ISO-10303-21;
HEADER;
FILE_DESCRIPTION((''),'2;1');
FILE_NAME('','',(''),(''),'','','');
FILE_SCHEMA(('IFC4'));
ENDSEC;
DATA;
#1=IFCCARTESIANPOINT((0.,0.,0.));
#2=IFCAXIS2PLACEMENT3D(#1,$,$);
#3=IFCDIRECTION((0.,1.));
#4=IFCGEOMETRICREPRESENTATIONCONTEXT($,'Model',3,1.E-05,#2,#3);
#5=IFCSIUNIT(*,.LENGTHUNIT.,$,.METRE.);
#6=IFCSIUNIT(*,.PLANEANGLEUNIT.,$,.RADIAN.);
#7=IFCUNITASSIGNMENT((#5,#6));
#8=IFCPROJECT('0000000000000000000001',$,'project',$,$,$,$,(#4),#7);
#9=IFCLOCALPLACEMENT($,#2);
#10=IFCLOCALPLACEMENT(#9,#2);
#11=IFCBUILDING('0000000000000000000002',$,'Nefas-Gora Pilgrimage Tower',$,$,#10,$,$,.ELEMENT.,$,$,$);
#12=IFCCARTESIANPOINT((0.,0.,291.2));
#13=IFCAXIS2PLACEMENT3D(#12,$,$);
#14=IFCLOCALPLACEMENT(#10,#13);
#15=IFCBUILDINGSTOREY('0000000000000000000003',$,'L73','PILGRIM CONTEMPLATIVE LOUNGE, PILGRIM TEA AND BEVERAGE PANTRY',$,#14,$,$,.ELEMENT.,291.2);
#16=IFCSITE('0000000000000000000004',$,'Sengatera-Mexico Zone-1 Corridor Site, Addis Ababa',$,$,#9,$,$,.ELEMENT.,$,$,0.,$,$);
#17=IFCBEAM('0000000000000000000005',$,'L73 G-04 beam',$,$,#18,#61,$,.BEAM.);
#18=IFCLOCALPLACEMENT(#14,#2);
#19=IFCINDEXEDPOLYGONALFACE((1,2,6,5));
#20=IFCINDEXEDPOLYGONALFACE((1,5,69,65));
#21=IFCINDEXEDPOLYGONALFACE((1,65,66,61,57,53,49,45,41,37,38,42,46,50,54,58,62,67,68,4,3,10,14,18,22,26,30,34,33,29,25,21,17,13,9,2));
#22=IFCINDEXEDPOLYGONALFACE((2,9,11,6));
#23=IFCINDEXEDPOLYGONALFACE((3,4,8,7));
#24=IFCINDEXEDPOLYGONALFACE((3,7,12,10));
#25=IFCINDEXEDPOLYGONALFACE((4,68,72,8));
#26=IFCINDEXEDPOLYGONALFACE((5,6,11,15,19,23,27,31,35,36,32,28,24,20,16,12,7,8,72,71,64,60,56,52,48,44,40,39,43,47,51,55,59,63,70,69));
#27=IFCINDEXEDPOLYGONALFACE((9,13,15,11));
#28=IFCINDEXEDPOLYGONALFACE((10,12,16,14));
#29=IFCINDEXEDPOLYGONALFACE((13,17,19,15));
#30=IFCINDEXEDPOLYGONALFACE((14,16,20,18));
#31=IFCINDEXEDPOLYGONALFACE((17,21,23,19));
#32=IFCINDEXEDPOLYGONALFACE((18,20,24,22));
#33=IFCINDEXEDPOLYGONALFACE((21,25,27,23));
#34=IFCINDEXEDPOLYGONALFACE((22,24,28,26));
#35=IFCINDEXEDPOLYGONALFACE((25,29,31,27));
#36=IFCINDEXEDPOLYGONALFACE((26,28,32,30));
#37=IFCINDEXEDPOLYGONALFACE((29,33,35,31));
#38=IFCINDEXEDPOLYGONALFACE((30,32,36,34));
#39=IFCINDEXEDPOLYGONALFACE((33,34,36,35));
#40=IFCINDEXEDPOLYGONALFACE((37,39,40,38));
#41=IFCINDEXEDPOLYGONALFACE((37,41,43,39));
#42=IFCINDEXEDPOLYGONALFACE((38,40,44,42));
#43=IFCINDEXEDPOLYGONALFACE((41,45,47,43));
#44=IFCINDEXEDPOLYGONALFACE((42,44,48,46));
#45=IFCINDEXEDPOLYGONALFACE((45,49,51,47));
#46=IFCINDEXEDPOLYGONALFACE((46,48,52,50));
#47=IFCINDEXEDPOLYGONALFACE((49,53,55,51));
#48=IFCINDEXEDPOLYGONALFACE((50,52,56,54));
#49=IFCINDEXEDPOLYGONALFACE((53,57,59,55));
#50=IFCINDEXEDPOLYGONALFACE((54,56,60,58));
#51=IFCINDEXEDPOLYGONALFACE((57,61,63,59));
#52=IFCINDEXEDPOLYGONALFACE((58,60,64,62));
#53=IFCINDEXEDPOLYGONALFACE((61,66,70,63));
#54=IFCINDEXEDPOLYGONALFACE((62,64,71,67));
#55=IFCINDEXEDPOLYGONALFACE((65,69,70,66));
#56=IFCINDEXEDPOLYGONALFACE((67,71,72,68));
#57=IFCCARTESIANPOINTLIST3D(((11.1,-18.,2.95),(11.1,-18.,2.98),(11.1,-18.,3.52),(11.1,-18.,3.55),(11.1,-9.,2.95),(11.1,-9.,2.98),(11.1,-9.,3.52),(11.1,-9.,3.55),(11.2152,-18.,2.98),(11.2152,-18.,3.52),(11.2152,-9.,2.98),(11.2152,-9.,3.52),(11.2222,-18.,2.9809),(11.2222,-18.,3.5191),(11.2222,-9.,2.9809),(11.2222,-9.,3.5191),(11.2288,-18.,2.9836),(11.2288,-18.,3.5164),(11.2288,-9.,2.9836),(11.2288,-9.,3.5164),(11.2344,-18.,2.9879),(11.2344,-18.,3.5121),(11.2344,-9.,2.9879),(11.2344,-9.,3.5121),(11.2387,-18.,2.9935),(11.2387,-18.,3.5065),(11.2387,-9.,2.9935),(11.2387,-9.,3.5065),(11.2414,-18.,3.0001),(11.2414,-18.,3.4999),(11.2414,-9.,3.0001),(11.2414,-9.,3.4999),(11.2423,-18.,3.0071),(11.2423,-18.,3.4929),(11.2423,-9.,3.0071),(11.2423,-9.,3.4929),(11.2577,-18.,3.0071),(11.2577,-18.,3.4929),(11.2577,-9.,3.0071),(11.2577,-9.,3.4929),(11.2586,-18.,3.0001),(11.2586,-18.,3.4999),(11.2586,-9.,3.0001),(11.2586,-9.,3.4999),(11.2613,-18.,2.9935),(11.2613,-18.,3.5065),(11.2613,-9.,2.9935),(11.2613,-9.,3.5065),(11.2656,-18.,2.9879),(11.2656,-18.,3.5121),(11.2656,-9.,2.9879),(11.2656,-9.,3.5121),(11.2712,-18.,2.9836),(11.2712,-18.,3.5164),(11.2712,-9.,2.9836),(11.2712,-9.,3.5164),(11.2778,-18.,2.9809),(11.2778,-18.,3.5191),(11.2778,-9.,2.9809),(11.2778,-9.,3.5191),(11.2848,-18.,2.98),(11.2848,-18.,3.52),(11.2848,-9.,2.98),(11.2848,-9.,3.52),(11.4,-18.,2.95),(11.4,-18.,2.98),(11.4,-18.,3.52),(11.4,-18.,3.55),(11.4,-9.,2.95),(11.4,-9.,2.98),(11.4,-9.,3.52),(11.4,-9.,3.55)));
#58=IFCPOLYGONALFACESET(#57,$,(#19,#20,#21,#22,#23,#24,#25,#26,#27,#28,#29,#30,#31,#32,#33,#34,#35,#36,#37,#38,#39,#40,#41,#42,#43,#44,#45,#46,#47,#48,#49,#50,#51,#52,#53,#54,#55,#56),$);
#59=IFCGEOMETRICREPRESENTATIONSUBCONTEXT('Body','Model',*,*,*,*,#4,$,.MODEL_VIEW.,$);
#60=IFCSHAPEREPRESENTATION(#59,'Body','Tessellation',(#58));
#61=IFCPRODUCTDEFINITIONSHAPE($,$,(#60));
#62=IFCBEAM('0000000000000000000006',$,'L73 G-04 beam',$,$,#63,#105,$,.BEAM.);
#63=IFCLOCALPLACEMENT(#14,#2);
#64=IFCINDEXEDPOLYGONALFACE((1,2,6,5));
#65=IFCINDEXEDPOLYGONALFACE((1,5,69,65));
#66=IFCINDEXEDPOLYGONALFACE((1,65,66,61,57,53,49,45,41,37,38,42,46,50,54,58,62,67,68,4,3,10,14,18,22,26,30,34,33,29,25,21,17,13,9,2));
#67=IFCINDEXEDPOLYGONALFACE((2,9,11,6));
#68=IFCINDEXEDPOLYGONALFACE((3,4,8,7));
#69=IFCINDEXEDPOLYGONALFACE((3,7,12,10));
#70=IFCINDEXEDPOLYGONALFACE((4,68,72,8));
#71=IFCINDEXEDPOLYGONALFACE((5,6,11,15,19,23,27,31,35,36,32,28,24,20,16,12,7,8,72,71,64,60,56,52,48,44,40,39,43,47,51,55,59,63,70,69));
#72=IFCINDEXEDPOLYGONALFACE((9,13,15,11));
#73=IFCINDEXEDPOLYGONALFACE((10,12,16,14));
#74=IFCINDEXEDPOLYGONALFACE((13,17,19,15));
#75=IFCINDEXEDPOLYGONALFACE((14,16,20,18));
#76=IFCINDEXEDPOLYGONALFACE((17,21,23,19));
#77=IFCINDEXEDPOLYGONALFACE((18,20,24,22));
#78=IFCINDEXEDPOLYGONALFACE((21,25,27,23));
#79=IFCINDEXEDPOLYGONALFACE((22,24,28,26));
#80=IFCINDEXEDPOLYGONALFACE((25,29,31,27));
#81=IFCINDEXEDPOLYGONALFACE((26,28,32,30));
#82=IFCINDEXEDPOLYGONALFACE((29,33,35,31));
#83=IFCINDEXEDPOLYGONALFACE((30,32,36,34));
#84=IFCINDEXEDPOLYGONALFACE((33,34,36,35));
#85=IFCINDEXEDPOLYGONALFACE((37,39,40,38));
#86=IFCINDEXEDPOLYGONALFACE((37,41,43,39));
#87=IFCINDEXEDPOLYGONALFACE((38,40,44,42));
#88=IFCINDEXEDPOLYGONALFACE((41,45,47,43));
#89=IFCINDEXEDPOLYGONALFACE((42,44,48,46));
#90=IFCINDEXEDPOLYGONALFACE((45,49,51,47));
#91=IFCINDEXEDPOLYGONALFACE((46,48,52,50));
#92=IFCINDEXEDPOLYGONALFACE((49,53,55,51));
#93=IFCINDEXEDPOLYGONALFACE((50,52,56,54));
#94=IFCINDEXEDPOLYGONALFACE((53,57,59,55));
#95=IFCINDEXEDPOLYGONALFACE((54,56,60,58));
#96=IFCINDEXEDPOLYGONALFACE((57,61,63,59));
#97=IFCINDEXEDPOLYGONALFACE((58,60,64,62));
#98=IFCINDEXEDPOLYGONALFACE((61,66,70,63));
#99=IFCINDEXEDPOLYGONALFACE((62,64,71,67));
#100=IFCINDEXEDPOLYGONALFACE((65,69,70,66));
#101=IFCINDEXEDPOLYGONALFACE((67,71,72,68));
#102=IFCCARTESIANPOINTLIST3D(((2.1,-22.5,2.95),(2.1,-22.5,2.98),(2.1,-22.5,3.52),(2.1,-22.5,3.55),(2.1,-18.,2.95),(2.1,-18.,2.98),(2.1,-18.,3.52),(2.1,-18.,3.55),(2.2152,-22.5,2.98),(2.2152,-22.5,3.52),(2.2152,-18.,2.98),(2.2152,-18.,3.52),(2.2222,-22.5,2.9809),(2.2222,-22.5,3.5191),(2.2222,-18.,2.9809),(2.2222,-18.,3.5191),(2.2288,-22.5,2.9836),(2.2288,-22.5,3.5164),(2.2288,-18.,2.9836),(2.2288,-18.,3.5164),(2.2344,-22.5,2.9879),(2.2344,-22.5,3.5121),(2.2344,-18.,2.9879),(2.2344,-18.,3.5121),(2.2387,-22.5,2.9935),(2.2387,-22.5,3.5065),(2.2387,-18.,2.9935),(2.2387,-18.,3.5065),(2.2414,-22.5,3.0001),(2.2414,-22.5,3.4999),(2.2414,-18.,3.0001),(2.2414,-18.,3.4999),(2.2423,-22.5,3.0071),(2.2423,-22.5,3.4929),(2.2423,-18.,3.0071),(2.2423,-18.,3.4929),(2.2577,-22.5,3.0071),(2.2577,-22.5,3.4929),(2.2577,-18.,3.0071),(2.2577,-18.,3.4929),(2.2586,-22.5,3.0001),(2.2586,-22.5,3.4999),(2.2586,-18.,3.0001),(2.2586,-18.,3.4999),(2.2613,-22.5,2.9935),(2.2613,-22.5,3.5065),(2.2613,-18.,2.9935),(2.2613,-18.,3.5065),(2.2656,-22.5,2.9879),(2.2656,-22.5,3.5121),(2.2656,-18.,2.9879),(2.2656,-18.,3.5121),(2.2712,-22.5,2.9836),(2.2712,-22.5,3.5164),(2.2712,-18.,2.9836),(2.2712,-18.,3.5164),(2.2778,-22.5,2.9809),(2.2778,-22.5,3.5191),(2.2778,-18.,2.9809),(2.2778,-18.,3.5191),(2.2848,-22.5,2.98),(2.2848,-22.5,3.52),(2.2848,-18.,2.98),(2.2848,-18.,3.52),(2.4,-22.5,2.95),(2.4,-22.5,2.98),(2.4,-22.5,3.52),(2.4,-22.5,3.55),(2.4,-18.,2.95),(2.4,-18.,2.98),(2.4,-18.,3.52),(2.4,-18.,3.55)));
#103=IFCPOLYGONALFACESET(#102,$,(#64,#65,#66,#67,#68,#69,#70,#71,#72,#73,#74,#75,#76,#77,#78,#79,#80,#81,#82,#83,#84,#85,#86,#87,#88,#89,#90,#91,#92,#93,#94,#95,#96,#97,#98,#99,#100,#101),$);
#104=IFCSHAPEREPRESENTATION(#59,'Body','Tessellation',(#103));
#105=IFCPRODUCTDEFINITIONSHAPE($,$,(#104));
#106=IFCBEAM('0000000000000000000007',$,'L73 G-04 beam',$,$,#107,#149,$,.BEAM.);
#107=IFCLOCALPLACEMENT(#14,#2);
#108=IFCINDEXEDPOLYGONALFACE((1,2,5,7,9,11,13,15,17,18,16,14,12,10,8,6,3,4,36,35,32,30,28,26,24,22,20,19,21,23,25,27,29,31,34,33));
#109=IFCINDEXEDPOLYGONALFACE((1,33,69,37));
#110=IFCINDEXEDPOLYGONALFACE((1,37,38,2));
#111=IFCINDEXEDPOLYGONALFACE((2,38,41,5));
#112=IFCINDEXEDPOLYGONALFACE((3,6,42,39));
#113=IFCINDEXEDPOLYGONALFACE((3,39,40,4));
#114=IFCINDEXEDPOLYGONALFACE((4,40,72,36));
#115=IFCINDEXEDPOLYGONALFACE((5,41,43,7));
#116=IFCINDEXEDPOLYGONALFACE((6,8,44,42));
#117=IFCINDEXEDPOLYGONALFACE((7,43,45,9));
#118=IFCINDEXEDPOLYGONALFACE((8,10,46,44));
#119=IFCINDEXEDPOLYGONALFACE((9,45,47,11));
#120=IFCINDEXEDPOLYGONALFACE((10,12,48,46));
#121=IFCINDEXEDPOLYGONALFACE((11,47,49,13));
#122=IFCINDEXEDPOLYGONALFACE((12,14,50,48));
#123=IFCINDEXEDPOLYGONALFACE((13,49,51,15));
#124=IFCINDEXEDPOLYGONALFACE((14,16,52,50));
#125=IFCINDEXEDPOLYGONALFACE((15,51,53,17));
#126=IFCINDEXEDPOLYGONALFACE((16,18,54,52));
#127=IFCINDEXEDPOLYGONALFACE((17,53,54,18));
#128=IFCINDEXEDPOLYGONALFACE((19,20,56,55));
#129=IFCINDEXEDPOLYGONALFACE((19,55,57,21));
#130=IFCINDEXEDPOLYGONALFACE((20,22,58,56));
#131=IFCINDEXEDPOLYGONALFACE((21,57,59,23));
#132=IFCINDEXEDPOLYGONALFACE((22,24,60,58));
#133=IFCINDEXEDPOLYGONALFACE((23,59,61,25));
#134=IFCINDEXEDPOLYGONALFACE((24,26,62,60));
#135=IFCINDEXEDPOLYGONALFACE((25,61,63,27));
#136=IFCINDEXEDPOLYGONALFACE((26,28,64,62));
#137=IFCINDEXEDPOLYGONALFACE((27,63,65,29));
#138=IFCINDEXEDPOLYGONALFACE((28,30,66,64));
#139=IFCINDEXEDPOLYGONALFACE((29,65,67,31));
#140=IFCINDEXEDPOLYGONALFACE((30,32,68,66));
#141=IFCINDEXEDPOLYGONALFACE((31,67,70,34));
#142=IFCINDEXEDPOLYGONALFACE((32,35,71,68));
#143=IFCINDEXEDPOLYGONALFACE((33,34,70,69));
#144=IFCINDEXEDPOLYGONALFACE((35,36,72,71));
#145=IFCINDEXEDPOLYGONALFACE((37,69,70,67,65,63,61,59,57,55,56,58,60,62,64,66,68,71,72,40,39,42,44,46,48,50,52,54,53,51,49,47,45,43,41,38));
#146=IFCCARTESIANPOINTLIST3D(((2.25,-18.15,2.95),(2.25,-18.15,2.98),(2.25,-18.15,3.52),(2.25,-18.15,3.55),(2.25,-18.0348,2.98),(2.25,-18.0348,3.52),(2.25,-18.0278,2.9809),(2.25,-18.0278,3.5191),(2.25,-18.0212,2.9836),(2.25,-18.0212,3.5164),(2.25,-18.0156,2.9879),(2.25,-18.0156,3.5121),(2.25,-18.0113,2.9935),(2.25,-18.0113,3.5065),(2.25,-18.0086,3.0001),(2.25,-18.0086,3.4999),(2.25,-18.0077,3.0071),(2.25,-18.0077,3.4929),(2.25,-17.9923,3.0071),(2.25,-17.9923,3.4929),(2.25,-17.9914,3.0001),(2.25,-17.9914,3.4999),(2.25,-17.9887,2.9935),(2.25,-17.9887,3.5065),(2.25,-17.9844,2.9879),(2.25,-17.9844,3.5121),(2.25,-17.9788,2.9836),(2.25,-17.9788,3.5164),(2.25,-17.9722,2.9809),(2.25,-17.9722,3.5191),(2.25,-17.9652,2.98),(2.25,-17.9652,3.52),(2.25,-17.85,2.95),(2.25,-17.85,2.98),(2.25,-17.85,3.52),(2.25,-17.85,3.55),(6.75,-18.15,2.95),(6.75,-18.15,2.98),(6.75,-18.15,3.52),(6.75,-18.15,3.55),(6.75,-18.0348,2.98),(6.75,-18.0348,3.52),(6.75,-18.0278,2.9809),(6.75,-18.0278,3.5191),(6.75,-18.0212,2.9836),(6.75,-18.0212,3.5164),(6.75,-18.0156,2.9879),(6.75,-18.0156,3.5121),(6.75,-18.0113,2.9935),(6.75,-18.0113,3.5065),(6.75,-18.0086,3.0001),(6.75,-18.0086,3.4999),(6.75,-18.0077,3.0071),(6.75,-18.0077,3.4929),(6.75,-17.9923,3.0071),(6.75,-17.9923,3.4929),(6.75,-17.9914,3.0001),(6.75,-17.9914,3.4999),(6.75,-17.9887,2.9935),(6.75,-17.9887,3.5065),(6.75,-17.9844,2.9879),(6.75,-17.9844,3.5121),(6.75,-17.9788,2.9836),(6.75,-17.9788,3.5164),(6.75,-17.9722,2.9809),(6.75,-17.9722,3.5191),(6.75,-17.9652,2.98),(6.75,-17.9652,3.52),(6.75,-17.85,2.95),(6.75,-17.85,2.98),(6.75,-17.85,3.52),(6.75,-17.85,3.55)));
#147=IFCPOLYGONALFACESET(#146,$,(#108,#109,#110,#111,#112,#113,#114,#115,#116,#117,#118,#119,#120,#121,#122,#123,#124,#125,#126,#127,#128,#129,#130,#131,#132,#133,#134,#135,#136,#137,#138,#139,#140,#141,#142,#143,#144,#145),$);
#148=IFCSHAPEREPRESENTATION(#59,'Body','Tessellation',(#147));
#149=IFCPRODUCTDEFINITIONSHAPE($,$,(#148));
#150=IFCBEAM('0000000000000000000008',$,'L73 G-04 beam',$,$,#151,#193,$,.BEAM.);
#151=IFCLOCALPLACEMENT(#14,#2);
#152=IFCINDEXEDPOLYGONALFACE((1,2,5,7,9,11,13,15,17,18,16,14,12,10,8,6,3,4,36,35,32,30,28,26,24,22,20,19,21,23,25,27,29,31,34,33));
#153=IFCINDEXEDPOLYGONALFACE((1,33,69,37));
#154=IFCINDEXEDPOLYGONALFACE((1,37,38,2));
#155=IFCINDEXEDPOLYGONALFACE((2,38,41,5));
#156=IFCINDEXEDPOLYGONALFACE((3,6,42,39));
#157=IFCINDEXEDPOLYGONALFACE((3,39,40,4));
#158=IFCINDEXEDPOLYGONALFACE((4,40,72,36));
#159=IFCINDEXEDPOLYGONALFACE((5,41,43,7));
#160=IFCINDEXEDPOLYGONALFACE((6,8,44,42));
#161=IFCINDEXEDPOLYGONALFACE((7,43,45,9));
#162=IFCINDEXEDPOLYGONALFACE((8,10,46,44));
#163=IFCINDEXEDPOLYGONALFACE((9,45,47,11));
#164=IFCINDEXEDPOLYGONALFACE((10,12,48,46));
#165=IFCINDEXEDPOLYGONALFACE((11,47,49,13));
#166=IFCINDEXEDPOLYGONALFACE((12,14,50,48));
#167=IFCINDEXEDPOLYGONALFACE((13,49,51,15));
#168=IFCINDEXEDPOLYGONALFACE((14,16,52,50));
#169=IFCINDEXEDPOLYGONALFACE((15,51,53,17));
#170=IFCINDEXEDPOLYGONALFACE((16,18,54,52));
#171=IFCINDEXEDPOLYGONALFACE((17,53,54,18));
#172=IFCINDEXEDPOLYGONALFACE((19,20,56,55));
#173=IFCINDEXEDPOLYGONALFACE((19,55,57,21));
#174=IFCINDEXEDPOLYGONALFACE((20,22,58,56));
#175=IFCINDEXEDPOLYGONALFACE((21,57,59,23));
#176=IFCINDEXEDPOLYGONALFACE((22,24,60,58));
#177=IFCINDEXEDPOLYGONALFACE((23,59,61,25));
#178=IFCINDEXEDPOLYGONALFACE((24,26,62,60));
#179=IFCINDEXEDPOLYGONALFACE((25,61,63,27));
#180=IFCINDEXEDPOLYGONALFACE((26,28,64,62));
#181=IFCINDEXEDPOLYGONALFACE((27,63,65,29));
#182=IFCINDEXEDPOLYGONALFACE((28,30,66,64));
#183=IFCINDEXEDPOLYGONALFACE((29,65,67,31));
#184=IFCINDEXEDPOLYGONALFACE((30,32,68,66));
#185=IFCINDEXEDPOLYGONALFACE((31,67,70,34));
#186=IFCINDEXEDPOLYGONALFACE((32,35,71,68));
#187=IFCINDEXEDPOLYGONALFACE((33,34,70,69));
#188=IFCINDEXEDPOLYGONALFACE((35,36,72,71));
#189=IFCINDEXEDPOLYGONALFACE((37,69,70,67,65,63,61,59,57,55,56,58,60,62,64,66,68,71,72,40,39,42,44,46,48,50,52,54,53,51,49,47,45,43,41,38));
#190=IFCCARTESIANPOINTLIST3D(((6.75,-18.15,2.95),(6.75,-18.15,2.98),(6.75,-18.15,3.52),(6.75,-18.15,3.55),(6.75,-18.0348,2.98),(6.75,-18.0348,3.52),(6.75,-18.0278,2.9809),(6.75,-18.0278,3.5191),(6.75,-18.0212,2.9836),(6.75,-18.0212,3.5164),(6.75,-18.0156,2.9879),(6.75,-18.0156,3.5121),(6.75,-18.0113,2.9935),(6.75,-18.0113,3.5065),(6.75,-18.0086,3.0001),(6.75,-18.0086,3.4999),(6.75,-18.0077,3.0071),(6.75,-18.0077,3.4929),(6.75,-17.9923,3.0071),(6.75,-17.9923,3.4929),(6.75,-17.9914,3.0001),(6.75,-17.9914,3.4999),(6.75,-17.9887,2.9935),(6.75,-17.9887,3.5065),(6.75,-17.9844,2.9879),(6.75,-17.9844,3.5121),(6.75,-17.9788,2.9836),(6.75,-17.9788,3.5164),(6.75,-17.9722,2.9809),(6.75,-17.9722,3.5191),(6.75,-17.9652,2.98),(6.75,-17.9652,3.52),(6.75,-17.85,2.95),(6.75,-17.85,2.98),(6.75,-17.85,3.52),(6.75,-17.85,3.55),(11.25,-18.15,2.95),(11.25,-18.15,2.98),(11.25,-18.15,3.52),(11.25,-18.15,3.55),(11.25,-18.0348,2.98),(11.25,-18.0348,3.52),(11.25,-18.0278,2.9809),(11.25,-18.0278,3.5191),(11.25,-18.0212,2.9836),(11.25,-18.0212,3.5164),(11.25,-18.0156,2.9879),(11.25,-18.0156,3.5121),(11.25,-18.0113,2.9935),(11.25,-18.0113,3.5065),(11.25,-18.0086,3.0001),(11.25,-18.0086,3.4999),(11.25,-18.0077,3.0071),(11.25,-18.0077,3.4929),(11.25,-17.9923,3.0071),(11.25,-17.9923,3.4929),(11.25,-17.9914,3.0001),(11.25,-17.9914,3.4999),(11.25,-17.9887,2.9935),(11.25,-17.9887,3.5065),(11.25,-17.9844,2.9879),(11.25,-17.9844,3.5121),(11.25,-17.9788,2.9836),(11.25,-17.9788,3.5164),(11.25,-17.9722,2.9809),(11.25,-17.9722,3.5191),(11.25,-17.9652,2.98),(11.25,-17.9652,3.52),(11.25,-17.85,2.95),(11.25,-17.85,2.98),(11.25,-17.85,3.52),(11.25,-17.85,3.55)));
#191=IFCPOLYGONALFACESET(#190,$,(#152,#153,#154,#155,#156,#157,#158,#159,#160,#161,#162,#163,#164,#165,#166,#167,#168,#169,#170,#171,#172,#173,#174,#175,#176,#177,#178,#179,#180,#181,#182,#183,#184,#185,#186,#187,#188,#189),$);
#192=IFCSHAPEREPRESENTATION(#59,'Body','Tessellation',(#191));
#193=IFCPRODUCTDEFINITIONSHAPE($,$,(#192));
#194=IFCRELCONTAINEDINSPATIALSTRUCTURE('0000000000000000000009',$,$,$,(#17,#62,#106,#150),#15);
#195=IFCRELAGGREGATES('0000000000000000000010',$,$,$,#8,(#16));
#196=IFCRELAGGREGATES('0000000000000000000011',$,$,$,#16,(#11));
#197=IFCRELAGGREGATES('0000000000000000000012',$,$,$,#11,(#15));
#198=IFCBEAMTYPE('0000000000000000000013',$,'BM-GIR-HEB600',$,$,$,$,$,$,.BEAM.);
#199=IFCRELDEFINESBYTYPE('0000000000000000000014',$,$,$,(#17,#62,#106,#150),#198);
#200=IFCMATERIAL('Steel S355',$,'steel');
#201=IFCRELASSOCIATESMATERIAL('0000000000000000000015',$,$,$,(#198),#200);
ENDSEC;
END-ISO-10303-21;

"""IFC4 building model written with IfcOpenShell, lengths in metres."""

from ifc_helpers import new_model, si_unit, direction, frame, origin, origin_2d, place, context, subcontext, project, spatial, i_section, extrude, source, transform, mapped, material, material_profile, profile_set, type_object, element, save


model = new_model("IFC4")

# Units and contexts
model_context = context("Model", 3, precision=1e-05, world=origin(), true_north=direction((0.0, 1.0)))
body_context = subcontext(model_context, "Body", "Model", "MODEL_VIEW")
ifc_project = project(units=[si_unit("LENGTHUNIT", "METRE"), si_unit("PLANEANGLEUNIT", "RADIAN")], contexts=[model_context])

# Site, building, storey
site_placement = place(None, origin())
site = spatial("IfcSite", under=ifc_project, at=site_placement, Name="Sengatera-Mexico Zone-1 Corridor Site, Addis Ababa", CompositionType="ELEMENT", RefElevation=0.0)
building_placement = place(site_placement, origin())
building = spatial("IfcBuilding", under=site, at=building_placement, Name="Nefas-Gora Pilgrimage Tower", CompositionType="ELEMENT")
storey_placement = place(building_placement, frame((0.0, 0.0, 291.2)))
storey = spatial("IfcBuildingStorey", under=building, at=storey_placement, Name="L73", Description="PILGRIM CONTEMPLATIVE LOUNGE, PILGRIM TEA AND BEVERAGE PANTRY", CompositionType="ELEMENT", Elevation=291.2)

# Shared definitions
ifc_material_1 = material(Name="Steel S355", Category="steel")

# Beams
ifc_material_profile_1 = material_profile(ifc_material_1, i_section(OverallWidth=0.3, OverallDepth=0.6001, WebThickness=0.0154, FlangeThickness=0.03, FilletRadius=0.0271, at=origin_2d()), Name="HEB 600")
ifc_profile_set_1 = profile_set([ifc_material_profile_1], Name="Steel S355")
beam_type = type_object("IfcBeamType", Name="BM-GIR-HEB600", PredefinedType="BEAM", material=ifc_profile_set_1)
shared_shape_1 = source(origin(), body_context, "Body", "SweptSolid", [
    extrude(i_section(OverallWidth=0.3, OverallDepth=0.6001, WebThickness=0.0154, FlangeThickness=0.03, FilletRadius=0.0271, at=origin_2d()), origin(), (0.0, 0.0, 1.0), 9.0),
])
beam_placement = place(storey_placement, frame((11.25, -18.0, 3.25), z_axis=(0.0, 1.0, 0.0), x_axis=(-1.0, 0.0, 0.0)))
element("IfcBeam", 1, at=beam_placement, inside=storey, type_object=beam_type, Name="L73 G-04 beam", PredefinedType="BEAM", context=body_context, shape_type="MappedRepresentation", body=[
    mapped(shared_shape_1, transform((0.0, 0.0, 0.0), x_axis=(1.0, 0.0, 0.0), y_axis=(0.0, 1.0, 0.0), z_axis=(0.0, 0.0, 1.0), scale=1.0)),
])
shared_shape_2 = source(origin(), body_context, "Body", "SweptSolid", [
    extrude(i_section(OverallWidth=0.3, OverallDepth=0.6001, WebThickness=0.0154, FlangeThickness=0.03, FilletRadius=0.0271, at=origin_2d()), origin(), (0.0, 0.0, 1.0), 4.5),
])
for number, where, z_axis, x_axis, name in (
    (2, (2.25, -22.5, 3.25), (0.0, 1.0, 0.0), (-1.0, 0.0, 0.0), "L73 G-04 beam"),
    (3, (2.25, -18.0, 3.25), (1.0, 0.0, 0.0), (0.0, 1.0, 0.0), "L73 G-04 beam"),
    (4, (6.75, -18.0, 3.25), (1.0, 0.0, 0.0), (0.0, 1.0, 0.0), "L73 G-04 beam"),
):
    element("IfcBeam", number, at=place(storey_placement, frame(where, z_axis=z_axis, x_axis=x_axis)), inside=storey, type_object=beam_type, Name=name, PredefinedType="BEAM", context=body_context, shape_type="MappedRepresentation", body=[
        mapped(shared_shape_2, transform((0.0, 0.0, 0.0), x_axis=(1.0, 0.0, 0.0), y_axis=(0.0, 1.0, 0.0), z_axis=(0.0, 0.0, 1.0), scale=1.0)),
    ])

save(model, "model.ifc")
